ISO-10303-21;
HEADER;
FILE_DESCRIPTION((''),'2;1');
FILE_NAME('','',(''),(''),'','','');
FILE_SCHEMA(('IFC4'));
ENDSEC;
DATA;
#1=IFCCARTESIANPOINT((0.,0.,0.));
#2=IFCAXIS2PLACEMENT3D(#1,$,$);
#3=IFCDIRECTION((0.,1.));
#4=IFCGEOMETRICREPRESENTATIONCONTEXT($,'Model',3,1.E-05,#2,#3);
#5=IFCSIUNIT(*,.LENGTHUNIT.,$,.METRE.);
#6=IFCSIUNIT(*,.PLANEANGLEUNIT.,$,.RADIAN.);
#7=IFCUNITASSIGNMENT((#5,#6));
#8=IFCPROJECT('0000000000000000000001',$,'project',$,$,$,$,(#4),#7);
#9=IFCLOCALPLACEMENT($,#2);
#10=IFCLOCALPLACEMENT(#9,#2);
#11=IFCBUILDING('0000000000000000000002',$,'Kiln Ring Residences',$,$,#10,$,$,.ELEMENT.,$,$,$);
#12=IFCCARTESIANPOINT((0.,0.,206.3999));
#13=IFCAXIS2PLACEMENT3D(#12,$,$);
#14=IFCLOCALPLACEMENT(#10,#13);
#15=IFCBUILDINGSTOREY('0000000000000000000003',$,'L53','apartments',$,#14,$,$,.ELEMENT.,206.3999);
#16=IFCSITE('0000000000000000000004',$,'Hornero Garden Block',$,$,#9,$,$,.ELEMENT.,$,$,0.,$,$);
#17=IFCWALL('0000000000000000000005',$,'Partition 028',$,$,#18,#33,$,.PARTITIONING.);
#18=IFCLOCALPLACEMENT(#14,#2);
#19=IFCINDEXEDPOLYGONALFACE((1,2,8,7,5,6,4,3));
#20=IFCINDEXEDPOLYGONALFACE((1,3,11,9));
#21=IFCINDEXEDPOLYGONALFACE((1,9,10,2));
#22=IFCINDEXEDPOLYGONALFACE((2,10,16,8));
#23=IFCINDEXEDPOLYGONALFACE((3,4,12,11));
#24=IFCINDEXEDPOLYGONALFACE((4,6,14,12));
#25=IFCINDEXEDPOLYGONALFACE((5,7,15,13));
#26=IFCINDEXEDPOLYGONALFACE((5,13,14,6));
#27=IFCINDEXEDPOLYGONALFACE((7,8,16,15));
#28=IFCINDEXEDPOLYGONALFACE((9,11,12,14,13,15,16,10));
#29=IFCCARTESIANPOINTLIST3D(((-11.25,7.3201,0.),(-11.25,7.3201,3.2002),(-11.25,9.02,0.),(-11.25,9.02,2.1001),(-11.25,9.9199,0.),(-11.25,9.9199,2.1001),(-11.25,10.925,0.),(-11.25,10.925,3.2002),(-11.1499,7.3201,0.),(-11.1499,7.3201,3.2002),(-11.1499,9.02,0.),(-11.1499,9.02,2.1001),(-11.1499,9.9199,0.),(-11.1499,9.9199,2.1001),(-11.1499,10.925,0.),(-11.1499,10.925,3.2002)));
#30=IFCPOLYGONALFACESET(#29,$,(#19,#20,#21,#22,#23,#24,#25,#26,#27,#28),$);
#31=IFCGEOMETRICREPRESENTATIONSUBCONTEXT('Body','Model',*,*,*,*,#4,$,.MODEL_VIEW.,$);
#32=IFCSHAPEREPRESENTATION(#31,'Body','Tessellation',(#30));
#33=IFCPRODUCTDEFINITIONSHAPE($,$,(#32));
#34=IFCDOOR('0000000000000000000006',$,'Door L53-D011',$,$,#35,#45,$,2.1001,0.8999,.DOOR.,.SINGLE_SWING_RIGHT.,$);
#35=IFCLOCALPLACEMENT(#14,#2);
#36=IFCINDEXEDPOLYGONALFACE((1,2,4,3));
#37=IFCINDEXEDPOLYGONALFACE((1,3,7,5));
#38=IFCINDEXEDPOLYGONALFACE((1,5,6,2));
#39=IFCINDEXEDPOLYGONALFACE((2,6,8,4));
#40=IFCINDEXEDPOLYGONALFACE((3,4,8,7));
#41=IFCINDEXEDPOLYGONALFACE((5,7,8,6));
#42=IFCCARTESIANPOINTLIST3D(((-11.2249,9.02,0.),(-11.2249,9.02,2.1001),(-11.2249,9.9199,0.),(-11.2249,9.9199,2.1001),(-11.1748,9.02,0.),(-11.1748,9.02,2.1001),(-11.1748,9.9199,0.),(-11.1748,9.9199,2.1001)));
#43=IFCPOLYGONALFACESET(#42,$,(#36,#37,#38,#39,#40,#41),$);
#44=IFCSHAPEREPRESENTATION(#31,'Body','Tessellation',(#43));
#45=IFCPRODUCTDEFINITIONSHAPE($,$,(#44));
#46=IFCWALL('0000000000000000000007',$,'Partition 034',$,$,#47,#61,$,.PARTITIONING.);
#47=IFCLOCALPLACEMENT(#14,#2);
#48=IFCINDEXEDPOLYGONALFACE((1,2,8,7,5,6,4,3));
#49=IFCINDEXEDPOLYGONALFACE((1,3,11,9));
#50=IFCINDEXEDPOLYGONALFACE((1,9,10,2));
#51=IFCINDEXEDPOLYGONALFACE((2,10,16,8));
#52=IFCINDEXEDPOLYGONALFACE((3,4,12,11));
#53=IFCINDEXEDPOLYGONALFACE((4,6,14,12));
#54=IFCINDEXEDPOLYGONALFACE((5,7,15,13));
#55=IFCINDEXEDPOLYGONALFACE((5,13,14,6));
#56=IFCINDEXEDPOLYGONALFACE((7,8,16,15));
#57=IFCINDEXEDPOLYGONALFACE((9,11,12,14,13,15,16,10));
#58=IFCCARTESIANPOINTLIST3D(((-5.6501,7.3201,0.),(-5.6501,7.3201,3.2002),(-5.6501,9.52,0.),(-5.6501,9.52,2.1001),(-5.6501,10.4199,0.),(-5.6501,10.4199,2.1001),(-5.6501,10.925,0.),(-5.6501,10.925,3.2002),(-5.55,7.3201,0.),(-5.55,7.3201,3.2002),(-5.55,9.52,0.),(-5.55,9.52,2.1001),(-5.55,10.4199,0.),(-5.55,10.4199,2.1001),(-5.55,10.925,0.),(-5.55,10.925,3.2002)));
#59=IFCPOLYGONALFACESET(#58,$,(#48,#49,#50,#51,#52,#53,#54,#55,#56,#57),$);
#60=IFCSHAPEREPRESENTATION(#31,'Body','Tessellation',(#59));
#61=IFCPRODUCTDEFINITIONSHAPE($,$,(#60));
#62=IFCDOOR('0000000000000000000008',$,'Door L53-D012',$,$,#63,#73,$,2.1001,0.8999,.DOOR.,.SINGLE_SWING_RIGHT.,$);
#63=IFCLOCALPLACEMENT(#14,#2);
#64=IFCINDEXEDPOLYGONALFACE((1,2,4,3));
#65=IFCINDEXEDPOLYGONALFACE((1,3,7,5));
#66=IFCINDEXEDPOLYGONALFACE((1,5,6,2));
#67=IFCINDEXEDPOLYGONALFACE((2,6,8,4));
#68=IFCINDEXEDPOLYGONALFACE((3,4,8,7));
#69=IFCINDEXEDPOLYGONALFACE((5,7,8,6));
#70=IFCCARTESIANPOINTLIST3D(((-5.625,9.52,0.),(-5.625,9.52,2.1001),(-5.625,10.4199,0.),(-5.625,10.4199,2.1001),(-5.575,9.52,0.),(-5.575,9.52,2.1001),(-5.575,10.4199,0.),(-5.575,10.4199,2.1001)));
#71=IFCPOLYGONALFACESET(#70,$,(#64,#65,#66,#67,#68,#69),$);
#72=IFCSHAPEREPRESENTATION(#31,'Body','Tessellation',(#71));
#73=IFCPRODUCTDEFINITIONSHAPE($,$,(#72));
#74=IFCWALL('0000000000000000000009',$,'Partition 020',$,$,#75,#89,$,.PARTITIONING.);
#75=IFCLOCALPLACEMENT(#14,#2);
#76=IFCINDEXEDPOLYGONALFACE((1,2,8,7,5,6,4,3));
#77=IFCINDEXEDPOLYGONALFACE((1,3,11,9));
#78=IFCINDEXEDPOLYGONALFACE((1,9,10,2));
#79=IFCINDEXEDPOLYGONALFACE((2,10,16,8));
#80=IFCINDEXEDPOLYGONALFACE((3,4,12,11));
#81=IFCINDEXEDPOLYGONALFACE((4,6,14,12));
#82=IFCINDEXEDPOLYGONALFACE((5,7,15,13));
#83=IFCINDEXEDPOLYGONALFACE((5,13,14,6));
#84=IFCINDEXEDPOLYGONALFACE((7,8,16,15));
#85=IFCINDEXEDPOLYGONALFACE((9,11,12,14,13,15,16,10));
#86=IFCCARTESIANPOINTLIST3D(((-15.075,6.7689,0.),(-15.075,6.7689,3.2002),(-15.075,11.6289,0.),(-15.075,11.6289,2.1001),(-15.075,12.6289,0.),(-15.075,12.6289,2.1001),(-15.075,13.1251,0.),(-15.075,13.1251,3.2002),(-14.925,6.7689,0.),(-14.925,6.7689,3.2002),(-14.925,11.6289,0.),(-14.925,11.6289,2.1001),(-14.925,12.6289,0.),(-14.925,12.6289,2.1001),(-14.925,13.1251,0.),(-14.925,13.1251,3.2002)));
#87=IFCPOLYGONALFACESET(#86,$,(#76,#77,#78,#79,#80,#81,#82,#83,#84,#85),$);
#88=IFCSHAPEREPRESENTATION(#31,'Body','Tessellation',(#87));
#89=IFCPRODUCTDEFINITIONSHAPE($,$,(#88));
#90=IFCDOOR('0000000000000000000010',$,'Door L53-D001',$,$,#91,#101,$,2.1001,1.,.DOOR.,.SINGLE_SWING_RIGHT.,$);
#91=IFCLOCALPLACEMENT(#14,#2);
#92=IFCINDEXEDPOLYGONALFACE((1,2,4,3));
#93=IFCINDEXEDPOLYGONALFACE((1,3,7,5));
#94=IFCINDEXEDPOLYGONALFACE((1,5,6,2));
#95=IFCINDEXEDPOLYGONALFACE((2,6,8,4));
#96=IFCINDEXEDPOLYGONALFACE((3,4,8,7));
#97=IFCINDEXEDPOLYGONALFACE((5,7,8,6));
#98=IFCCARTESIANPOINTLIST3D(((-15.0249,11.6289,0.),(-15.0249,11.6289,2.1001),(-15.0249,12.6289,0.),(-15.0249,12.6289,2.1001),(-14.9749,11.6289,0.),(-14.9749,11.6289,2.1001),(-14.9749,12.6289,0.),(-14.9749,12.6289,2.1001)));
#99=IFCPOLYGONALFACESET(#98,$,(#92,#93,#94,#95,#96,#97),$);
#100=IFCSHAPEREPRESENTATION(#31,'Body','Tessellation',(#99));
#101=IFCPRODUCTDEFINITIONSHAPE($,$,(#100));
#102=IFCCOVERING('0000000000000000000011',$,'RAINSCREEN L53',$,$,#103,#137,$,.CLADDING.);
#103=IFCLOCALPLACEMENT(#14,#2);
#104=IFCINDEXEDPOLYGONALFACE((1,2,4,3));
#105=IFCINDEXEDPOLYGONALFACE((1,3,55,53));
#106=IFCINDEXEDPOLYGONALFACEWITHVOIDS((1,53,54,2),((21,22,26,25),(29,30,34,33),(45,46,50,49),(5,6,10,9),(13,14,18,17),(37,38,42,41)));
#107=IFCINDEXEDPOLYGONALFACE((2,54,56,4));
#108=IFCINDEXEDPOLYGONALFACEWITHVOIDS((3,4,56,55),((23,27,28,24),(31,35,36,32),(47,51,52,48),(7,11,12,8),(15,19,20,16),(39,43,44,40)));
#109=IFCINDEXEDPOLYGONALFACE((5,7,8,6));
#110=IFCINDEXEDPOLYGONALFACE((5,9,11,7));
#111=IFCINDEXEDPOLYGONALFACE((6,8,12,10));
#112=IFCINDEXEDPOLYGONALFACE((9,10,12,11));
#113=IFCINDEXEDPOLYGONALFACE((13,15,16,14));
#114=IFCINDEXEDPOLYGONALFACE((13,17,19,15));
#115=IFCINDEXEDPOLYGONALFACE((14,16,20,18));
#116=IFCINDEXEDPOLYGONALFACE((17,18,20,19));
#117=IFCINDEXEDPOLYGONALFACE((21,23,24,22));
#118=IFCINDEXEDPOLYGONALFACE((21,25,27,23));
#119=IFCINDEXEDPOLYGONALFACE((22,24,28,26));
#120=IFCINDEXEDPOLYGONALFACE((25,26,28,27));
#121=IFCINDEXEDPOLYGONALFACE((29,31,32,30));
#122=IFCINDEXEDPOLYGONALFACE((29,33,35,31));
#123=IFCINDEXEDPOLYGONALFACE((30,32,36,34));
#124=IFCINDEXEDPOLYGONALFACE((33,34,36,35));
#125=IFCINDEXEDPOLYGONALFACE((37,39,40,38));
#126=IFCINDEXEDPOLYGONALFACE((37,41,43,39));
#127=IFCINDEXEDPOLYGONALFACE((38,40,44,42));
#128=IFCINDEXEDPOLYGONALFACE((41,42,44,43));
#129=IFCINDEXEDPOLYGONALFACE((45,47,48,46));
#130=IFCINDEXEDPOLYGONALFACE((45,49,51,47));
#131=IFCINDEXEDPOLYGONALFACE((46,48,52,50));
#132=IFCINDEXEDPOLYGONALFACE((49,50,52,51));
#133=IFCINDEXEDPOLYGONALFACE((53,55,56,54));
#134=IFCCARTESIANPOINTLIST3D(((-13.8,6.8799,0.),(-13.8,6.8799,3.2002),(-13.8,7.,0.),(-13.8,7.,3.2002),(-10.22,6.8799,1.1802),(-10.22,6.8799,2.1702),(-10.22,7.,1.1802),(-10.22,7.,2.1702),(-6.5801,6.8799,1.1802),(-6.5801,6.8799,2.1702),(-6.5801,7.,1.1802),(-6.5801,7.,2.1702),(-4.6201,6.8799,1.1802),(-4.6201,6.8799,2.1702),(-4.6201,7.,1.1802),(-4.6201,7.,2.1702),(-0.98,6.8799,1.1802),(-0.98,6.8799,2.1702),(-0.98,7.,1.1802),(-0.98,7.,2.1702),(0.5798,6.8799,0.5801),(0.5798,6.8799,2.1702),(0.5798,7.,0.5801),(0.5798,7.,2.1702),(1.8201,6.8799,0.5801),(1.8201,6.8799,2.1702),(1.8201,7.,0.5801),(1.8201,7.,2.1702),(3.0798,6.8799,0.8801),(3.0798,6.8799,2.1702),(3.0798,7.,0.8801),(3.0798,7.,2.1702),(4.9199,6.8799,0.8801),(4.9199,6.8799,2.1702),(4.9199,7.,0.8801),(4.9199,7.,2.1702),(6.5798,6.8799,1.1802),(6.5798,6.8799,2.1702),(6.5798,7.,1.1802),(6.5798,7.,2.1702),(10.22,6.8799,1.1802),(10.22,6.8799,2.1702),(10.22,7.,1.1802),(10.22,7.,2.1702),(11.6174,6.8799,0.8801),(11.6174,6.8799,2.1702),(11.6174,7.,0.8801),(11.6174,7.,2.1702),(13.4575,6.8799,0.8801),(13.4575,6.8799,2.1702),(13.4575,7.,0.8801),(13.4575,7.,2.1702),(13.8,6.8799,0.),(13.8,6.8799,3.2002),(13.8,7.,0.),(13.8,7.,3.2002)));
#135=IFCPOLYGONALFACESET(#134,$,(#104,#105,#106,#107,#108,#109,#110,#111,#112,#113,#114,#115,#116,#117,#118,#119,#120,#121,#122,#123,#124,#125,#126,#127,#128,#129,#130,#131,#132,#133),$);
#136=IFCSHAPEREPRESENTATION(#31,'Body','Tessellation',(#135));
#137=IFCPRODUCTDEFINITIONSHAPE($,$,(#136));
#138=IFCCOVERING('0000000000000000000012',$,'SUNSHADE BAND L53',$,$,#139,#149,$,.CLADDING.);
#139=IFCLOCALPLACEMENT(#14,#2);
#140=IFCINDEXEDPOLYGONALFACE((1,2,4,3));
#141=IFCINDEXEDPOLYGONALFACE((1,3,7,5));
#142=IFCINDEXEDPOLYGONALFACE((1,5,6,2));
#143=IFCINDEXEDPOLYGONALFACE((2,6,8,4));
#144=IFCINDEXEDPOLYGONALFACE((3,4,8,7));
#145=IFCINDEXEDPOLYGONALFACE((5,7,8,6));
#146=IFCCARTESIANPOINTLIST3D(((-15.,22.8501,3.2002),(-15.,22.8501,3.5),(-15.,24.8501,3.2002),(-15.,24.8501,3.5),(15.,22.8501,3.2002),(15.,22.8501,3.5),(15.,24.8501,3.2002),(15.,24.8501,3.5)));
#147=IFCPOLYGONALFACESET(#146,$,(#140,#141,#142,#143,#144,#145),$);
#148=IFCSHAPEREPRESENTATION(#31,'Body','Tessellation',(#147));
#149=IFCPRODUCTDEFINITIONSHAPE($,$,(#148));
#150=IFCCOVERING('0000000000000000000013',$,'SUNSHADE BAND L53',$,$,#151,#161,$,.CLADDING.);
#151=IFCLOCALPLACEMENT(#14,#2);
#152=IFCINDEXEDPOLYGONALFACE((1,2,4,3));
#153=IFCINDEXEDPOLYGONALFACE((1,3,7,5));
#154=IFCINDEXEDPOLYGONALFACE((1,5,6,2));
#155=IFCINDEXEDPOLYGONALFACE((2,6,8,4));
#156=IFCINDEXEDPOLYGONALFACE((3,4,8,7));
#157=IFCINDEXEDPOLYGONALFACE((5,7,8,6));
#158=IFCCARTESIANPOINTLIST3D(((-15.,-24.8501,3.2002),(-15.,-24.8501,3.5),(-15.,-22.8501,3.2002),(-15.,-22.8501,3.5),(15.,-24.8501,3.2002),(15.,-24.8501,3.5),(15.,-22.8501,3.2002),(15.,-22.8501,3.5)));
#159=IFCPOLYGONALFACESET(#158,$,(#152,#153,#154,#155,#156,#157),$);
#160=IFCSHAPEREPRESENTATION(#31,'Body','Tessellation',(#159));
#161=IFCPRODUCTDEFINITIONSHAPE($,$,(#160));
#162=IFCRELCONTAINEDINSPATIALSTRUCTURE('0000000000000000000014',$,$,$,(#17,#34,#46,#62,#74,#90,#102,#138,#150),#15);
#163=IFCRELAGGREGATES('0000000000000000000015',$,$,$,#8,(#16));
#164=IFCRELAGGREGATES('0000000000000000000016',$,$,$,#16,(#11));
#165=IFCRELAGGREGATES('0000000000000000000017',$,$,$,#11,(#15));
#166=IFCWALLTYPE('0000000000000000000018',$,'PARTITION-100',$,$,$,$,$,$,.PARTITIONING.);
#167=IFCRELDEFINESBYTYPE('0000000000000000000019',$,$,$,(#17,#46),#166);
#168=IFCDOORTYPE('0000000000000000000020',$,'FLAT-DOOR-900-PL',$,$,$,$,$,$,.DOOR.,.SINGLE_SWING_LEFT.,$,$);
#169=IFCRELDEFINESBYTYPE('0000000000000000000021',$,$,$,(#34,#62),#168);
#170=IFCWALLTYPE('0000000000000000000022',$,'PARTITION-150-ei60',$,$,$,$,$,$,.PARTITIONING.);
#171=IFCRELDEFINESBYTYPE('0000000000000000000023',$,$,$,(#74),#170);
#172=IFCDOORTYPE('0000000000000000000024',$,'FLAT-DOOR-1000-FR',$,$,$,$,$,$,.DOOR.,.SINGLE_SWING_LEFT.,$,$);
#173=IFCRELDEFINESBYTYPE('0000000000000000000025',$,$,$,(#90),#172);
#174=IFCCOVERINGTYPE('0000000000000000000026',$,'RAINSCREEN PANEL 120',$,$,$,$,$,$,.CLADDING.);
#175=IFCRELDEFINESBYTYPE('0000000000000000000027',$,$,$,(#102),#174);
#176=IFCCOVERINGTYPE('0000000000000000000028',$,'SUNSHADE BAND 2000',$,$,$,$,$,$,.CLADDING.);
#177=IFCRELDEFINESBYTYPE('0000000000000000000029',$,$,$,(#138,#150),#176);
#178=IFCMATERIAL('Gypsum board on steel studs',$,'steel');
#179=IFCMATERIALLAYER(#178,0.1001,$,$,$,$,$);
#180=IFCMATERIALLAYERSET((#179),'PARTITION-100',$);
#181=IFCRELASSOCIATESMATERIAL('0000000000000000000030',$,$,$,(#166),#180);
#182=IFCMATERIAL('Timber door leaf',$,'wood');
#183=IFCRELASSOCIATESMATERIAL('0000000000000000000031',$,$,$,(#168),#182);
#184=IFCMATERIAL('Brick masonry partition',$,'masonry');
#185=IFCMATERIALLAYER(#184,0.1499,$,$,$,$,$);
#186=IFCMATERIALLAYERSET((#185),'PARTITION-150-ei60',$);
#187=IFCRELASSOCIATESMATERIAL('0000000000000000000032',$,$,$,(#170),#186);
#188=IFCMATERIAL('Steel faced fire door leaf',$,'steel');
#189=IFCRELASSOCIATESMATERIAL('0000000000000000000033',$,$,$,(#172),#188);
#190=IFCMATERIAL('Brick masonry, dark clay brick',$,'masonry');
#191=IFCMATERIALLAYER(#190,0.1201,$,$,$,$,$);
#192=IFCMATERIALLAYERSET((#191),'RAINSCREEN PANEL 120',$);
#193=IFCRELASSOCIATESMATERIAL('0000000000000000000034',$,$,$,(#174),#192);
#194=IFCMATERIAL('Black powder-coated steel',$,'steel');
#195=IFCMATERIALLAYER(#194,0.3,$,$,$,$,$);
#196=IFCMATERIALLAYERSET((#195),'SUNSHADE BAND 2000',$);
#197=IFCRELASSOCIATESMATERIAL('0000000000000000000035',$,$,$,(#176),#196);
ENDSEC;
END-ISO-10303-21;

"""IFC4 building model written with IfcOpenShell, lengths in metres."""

from ifc_helpers import new_model, si_unit, direction, frame, frame_2d, origin, place, context, subcontext, project, spatial, polyline, rectangle, outline, extrude, material, layer, layer_set, type_object, element, fill, save


model = new_model("IFC4")

# Units and contexts
model_context = context("Model", 3, precision=1e-05, world=origin(), true_north=direction((0.0, 1.0)))
body_context = subcontext(model_context, "Body", "Model", "MODEL_VIEW")
ifc_project = project(units=[si_unit("LENGTHUNIT", "METRE"), si_unit("PLANEANGLEUNIT", "RADIAN")], contexts=[model_context])

# Site, building, storey
site_placement = place(None, origin())
site = spatial("IfcSite", under=ifc_project, at=site_placement, Name="Hornero Garden Block", CompositionType="ELEMENT", RefElevation=0.0)
building_placement = place(site_placement, origin())
building = spatial("IfcBuilding", under=site, at=building_placement, Name="Kiln Ring Residences", CompositionType="ELEMENT")
storey_placement = place(building_placement, frame((0.0, 0.0, 206.3999)))
storey = spatial("IfcBuildingStorey", under=building, at=storey_placement, Name="L53", Description="apartments", CompositionType="ELEMENT", Elevation=206.3999)

# Walls, openings, doors
ifc_material_1 = material(Name="Gypsum board on steel studs", Category="steel")
ifc_layer_1 = layer(ifc_material_1, 0.1001)
ifc_layer_set_1 = layer_set([ifc_layer_1], Name="PARTITION-100")
wall_type_1 = type_object("IfcWallType", Name="PARTITION-100", PredefinedType="PARTITIONING", material=ifc_layer_set_1)
wall_1_placement = place(storey_placement, frame((-11.2, 7.3201, 0.0), z_axis=(0.0, 0.0, 1.0), x_axis=(0.0, 1.0, 0.0)))
wall_1 = element("IfcWall", 1, at=wall_1_placement, inside=storey, type_object=wall_type_1, Name="Partition 028", PredefinedType="PARTITIONING", context=body_context, shape_type="SweptSolid", body=[
    extrude(rectangle(XDim=3.605, YDim=0.1001, at=frame_2d((1.8025, 0.0))), origin(), (0.0, 0.0, 1.0), 3.2002),
])
opening_1_placement = place(wall_1_placement, frame((1.7, 0.0, 0.0)))
opening_1 = element("IfcOpeningElement", 2, at=opening_1_placement, cuts=wall_1, PredefinedType="OPENING", context=body_context, shape_type="SweptSolid", body=[
    extrude(rectangle(XDim=0.8999, YDim=2.1001, at=frame_2d((0.45, 1.05))), frame((0.0, 0.0601, 0.0), z_axis=(0.0, -1.0, 0.0), x_axis=(1.0, 0.0, 0.0)), (0.0, 0.0, 1.0), 0.1201),
])
ifc_material_2 = material(Name="Timber door leaf", Category="wood")
door_type_1 = type_object("IfcDoorType", Name="FLAT-DOOR-900-PL", OperationType="SINGLE_SWING_LEFT", PredefinedType="DOOR", material=ifc_material_2)
door_1_placement = place(opening_1_placement, origin())
door_1 = element("IfcDoor", 3, at=door_1_placement, inside=storey, type_object=door_type_1, Name="Door L53-D011", OperationType="SINGLE_SWING_RIGHT", OverallHeight=2.1001, OverallWidth=0.8999, PredefinedType="DOOR", context=body_context, shape_type="SweptSolid", body=[
    extrude(rectangle(XDim=0.8999, YDim=2.1001, at=frame_2d((0.45, 1.05))), frame((0.0, 0.0249, 0.0), z_axis=(0.0, -1.0, 0.0), x_axis=(1.0, 0.0, 0.0)), (0.0, 0.0, 1.0), 0.05),
])
fill(opening_1, door_1)
wall_2_placement = place(storey_placement, frame((-5.6001, 7.3201, 0.0), z_axis=(0.0, 0.0, 1.0), x_axis=(0.0, 1.0, 0.0)))
wall_2 = element("IfcWall", 4, at=wall_2_placement, inside=storey, type_object=wall_type_1, Name="Partition 034", PredefinedType="PARTITIONING", context=body_context, shape_type="SweptSolid", body=[
    extrude(rectangle(XDim=3.605, YDim=0.1001, at=frame_2d((1.8025, 0.0))), origin(), (0.0, 0.0, 1.0), 3.2002),
])
opening_2_placement = place(wall_2_placement, frame((2.2, 0.0, 0.0)))
opening_2 = element("IfcOpeningElement", 5, at=opening_2_placement, cuts=wall_2, PredefinedType="OPENING", context=body_context, shape_type="SweptSolid", body=[
    extrude(rectangle(XDim=0.8999, YDim=2.1001, at=frame_2d((0.45, 1.05))), frame((0.0, 0.0601, 0.0), z_axis=(0.0, -1.0, 0.0), x_axis=(1.0, 0.0, 0.0)), (0.0, 0.0, 1.0), 0.1201),
])
door_2_placement = place(opening_2_placement, origin())
door_2 = element("IfcDoor", 6, at=door_2_placement, inside=storey, type_object=door_type_1, Name="Door L53-D012", OperationType="SINGLE_SWING_RIGHT", OverallHeight=2.1001, OverallWidth=0.8999, PredefinedType="DOOR", context=body_context, shape_type="SweptSolid", body=[
    extrude(rectangle(XDim=0.8999, YDim=2.1001, at=frame_2d((0.45, 1.05))), frame((0.0, 0.0249, 0.0), z_axis=(0.0, -1.0, 0.0), x_axis=(1.0, 0.0, 0.0)), (0.0, 0.0, 1.0), 0.05),
])
fill(opening_2, door_2)
ifc_material_3 = material(Name="Brick masonry partition", Category="masonry")
ifc_layer_2 = layer(ifc_material_3, 0.1499)
ifc_layer_set_2 = layer_set([ifc_layer_2], Name="PARTITION-150-ei60")
wall_type_2 = type_object("IfcWallType", Name="PARTITION-150-ei60", PredefinedType="PARTITIONING", material=ifc_layer_set_2)
wall_3_placement = place(storey_placement, frame((-15.0, 6.7688, 0.0), z_axis=(0.0, 0.0, 1.0), x_axis=(0.0, 1.0, 0.0)))
wall_3 = element("IfcWall", 7, at=wall_3_placement, inside=storey, type_object=wall_type_2, Name="Partition 020", PredefinedType="PARTITIONING", context=body_context, shape_type="SweptSolid", body=[
    extrude(rectangle(XDim=6.3562, YDim=0.1499, at=frame_2d((3.1782, 0.0))), origin(), (0.0, 0.0, 1.0), 3.2002),
])
opening_3_placement = place(wall_3_placement, frame((4.8601, 0.0, 0.0)))
opening_3 = element("IfcOpeningElement", 8, at=opening_3_placement, cuts=wall_3, PredefinedType="OPENING", context=body_context, shape_type="SweptSolid", body=[
    extrude(rectangle(XDim=1.0, YDim=2.1001, at=frame_2d((0.5, 1.05))), frame((0.0, 0.085, 0.0), z_axis=(0.0, -1.0, 0.0), x_axis=(1.0, 0.0, 0.0)), (0.0, 0.0, 1.0), 0.1699),
])
ifc_material_4 = material(Name="Steel faced fire door leaf", Category="steel")
door_type_2 = type_object("IfcDoorType", Name="FLAT-DOOR-1000-FR", OperationType="SINGLE_SWING_LEFT", PredefinedType="DOOR", material=ifc_material_4)
door_3_placement = place(opening_3_placement, origin())
door_3 = element("IfcDoor", 9, at=door_3_placement, inside=storey, type_object=door_type_2, Name="Door L53-D001", OperationType="SINGLE_SWING_RIGHT", OverallHeight=2.1001, OverallWidth=1.0, PredefinedType="DOOR", context=body_context, shape_type="SweptSolid", body=[
    extrude(rectangle(XDim=1.0, YDim=2.1001, at=frame_2d((0.5, 1.05))), frame((0.0, 0.0249, 0.0), z_axis=(0.0, -1.0, 0.0), x_axis=(1.0, 0.0, 0.0)), (0.0, 0.0, 1.0), 0.05),
])
fill(opening_3, door_3)

# Coverings
ifc_material_5 = material(Name="Brick masonry, dark clay brick", Category="masonry")
ifc_layer_3 = layer(ifc_material_5, 0.1201)
ifc_layer_set_3 = layer_set([ifc_layer_3], Name="RAINSCREEN PANEL 120")
covering_type_1 = type_object("IfcCoveringType", Name="RAINSCREEN PANEL 120", PredefinedType="CLADDING", material=ifc_layer_set_3)
covering_1_placement = place(storey_placement, frame((-13.8, 6.9399, 0.0), z_axis=(0.0, 0.0, 1.0), x_axis=(1.0, 0.0, 0.0)))
element("IfcCovering", 10, at=covering_1_placement, inside=storey, type_object=covering_type_1, Name="RAINSCREEN L53", PredefinedType="CLADDING", context=body_context, shape_type="SweptSolid", body=[
    extrude(outline(polyline([(0.0, 0.0), (27.6001, 0.0), (27.6001, 3.2002), (0.0, 3.2002), (0.0, 0.0)]), holes=[polyline([(15.6201, 0.5801), (15.6201, 2.1702), (14.3799, 2.1702), (14.3799, 0.5801), (15.6201, 0.5801)]), polyline([(16.8799, 0.8801), (18.72, 0.8801), (18.72, 2.1702), (16.8799, 2.1702), (16.8799, 0.8801)]), polyline([(25.4175, 0.8801), (27.2576, 0.8801), (27.2576, 2.1702), (25.4175, 2.1702), (25.4175, 0.8801)]), polyline([(7.22, 1.1802), (7.22, 2.1702), (3.5801, 2.1702), (3.5801, 1.1802), (7.22, 1.1802)]), polyline([(9.1799, 1.1802), (12.8201, 1.1802), (12.8201, 2.1702), (9.1799, 2.1702), (9.1799, 1.1802)]), polyline([(20.3799, 1.1802), (24.02, 1.1802), (24.02, 2.1702), (20.3799, 2.1702), (20.3799, 1.1802)])]), frame((0.0, 0.0601, 0.0), z_axis=(0.0, -1.0, 0.0), x_axis=(1.0, 0.0, 0.0)), (0.0, 0.0, 1.0), 0.1201),
])
ifc_material_6 = material(Name="Black powder-coated steel", Category="steel")
ifc_layer_4 = layer(ifc_material_6, 0.3)
ifc_layer_set_4 = layer_set([ifc_layer_4], Name="SUNSHADE BAND 2000")
covering_type_2 = type_object("IfcCoveringType", Name="SUNSHADE BAND 2000", PredefinedType="CLADDING", material=ifc_layer_set_4)
placement = place(storey_placement, frame((0.0, 0.0, 3.2002)))
element("IfcCovering", 11, at=placement, inside=storey, type_object=covering_type_2, Name="SUNSHADE BAND L53", PredefinedType="CLADDING", context=body_context, shape_type="SweptSolid", body=[
    extrude(outline(polyline([(15.0, 24.8501), (-15.0, 24.8501), (-15.0, 22.8501), (15.0, 22.8501), (15.0, 24.8501)])), origin(), (0.0, 0.0, 1.0), 0.2998),
])
element("IfcCovering", 12, at=placement, inside=storey, type_object=covering_type_2, Name="SUNSHADE BAND L53", PredefinedType="CLADDING", context=body_context, shape_type="SweptSolid", body=[
    extrude(outline(polyline([(-15.0, -24.8501), (15.0, -24.8501), (15.0, -22.8501), (-15.0, -22.8501), (-15.0, -24.8501)])), origin(), (0.0, 0.0, 1.0), 0.2998),
])

save(model, "model.ifc")
